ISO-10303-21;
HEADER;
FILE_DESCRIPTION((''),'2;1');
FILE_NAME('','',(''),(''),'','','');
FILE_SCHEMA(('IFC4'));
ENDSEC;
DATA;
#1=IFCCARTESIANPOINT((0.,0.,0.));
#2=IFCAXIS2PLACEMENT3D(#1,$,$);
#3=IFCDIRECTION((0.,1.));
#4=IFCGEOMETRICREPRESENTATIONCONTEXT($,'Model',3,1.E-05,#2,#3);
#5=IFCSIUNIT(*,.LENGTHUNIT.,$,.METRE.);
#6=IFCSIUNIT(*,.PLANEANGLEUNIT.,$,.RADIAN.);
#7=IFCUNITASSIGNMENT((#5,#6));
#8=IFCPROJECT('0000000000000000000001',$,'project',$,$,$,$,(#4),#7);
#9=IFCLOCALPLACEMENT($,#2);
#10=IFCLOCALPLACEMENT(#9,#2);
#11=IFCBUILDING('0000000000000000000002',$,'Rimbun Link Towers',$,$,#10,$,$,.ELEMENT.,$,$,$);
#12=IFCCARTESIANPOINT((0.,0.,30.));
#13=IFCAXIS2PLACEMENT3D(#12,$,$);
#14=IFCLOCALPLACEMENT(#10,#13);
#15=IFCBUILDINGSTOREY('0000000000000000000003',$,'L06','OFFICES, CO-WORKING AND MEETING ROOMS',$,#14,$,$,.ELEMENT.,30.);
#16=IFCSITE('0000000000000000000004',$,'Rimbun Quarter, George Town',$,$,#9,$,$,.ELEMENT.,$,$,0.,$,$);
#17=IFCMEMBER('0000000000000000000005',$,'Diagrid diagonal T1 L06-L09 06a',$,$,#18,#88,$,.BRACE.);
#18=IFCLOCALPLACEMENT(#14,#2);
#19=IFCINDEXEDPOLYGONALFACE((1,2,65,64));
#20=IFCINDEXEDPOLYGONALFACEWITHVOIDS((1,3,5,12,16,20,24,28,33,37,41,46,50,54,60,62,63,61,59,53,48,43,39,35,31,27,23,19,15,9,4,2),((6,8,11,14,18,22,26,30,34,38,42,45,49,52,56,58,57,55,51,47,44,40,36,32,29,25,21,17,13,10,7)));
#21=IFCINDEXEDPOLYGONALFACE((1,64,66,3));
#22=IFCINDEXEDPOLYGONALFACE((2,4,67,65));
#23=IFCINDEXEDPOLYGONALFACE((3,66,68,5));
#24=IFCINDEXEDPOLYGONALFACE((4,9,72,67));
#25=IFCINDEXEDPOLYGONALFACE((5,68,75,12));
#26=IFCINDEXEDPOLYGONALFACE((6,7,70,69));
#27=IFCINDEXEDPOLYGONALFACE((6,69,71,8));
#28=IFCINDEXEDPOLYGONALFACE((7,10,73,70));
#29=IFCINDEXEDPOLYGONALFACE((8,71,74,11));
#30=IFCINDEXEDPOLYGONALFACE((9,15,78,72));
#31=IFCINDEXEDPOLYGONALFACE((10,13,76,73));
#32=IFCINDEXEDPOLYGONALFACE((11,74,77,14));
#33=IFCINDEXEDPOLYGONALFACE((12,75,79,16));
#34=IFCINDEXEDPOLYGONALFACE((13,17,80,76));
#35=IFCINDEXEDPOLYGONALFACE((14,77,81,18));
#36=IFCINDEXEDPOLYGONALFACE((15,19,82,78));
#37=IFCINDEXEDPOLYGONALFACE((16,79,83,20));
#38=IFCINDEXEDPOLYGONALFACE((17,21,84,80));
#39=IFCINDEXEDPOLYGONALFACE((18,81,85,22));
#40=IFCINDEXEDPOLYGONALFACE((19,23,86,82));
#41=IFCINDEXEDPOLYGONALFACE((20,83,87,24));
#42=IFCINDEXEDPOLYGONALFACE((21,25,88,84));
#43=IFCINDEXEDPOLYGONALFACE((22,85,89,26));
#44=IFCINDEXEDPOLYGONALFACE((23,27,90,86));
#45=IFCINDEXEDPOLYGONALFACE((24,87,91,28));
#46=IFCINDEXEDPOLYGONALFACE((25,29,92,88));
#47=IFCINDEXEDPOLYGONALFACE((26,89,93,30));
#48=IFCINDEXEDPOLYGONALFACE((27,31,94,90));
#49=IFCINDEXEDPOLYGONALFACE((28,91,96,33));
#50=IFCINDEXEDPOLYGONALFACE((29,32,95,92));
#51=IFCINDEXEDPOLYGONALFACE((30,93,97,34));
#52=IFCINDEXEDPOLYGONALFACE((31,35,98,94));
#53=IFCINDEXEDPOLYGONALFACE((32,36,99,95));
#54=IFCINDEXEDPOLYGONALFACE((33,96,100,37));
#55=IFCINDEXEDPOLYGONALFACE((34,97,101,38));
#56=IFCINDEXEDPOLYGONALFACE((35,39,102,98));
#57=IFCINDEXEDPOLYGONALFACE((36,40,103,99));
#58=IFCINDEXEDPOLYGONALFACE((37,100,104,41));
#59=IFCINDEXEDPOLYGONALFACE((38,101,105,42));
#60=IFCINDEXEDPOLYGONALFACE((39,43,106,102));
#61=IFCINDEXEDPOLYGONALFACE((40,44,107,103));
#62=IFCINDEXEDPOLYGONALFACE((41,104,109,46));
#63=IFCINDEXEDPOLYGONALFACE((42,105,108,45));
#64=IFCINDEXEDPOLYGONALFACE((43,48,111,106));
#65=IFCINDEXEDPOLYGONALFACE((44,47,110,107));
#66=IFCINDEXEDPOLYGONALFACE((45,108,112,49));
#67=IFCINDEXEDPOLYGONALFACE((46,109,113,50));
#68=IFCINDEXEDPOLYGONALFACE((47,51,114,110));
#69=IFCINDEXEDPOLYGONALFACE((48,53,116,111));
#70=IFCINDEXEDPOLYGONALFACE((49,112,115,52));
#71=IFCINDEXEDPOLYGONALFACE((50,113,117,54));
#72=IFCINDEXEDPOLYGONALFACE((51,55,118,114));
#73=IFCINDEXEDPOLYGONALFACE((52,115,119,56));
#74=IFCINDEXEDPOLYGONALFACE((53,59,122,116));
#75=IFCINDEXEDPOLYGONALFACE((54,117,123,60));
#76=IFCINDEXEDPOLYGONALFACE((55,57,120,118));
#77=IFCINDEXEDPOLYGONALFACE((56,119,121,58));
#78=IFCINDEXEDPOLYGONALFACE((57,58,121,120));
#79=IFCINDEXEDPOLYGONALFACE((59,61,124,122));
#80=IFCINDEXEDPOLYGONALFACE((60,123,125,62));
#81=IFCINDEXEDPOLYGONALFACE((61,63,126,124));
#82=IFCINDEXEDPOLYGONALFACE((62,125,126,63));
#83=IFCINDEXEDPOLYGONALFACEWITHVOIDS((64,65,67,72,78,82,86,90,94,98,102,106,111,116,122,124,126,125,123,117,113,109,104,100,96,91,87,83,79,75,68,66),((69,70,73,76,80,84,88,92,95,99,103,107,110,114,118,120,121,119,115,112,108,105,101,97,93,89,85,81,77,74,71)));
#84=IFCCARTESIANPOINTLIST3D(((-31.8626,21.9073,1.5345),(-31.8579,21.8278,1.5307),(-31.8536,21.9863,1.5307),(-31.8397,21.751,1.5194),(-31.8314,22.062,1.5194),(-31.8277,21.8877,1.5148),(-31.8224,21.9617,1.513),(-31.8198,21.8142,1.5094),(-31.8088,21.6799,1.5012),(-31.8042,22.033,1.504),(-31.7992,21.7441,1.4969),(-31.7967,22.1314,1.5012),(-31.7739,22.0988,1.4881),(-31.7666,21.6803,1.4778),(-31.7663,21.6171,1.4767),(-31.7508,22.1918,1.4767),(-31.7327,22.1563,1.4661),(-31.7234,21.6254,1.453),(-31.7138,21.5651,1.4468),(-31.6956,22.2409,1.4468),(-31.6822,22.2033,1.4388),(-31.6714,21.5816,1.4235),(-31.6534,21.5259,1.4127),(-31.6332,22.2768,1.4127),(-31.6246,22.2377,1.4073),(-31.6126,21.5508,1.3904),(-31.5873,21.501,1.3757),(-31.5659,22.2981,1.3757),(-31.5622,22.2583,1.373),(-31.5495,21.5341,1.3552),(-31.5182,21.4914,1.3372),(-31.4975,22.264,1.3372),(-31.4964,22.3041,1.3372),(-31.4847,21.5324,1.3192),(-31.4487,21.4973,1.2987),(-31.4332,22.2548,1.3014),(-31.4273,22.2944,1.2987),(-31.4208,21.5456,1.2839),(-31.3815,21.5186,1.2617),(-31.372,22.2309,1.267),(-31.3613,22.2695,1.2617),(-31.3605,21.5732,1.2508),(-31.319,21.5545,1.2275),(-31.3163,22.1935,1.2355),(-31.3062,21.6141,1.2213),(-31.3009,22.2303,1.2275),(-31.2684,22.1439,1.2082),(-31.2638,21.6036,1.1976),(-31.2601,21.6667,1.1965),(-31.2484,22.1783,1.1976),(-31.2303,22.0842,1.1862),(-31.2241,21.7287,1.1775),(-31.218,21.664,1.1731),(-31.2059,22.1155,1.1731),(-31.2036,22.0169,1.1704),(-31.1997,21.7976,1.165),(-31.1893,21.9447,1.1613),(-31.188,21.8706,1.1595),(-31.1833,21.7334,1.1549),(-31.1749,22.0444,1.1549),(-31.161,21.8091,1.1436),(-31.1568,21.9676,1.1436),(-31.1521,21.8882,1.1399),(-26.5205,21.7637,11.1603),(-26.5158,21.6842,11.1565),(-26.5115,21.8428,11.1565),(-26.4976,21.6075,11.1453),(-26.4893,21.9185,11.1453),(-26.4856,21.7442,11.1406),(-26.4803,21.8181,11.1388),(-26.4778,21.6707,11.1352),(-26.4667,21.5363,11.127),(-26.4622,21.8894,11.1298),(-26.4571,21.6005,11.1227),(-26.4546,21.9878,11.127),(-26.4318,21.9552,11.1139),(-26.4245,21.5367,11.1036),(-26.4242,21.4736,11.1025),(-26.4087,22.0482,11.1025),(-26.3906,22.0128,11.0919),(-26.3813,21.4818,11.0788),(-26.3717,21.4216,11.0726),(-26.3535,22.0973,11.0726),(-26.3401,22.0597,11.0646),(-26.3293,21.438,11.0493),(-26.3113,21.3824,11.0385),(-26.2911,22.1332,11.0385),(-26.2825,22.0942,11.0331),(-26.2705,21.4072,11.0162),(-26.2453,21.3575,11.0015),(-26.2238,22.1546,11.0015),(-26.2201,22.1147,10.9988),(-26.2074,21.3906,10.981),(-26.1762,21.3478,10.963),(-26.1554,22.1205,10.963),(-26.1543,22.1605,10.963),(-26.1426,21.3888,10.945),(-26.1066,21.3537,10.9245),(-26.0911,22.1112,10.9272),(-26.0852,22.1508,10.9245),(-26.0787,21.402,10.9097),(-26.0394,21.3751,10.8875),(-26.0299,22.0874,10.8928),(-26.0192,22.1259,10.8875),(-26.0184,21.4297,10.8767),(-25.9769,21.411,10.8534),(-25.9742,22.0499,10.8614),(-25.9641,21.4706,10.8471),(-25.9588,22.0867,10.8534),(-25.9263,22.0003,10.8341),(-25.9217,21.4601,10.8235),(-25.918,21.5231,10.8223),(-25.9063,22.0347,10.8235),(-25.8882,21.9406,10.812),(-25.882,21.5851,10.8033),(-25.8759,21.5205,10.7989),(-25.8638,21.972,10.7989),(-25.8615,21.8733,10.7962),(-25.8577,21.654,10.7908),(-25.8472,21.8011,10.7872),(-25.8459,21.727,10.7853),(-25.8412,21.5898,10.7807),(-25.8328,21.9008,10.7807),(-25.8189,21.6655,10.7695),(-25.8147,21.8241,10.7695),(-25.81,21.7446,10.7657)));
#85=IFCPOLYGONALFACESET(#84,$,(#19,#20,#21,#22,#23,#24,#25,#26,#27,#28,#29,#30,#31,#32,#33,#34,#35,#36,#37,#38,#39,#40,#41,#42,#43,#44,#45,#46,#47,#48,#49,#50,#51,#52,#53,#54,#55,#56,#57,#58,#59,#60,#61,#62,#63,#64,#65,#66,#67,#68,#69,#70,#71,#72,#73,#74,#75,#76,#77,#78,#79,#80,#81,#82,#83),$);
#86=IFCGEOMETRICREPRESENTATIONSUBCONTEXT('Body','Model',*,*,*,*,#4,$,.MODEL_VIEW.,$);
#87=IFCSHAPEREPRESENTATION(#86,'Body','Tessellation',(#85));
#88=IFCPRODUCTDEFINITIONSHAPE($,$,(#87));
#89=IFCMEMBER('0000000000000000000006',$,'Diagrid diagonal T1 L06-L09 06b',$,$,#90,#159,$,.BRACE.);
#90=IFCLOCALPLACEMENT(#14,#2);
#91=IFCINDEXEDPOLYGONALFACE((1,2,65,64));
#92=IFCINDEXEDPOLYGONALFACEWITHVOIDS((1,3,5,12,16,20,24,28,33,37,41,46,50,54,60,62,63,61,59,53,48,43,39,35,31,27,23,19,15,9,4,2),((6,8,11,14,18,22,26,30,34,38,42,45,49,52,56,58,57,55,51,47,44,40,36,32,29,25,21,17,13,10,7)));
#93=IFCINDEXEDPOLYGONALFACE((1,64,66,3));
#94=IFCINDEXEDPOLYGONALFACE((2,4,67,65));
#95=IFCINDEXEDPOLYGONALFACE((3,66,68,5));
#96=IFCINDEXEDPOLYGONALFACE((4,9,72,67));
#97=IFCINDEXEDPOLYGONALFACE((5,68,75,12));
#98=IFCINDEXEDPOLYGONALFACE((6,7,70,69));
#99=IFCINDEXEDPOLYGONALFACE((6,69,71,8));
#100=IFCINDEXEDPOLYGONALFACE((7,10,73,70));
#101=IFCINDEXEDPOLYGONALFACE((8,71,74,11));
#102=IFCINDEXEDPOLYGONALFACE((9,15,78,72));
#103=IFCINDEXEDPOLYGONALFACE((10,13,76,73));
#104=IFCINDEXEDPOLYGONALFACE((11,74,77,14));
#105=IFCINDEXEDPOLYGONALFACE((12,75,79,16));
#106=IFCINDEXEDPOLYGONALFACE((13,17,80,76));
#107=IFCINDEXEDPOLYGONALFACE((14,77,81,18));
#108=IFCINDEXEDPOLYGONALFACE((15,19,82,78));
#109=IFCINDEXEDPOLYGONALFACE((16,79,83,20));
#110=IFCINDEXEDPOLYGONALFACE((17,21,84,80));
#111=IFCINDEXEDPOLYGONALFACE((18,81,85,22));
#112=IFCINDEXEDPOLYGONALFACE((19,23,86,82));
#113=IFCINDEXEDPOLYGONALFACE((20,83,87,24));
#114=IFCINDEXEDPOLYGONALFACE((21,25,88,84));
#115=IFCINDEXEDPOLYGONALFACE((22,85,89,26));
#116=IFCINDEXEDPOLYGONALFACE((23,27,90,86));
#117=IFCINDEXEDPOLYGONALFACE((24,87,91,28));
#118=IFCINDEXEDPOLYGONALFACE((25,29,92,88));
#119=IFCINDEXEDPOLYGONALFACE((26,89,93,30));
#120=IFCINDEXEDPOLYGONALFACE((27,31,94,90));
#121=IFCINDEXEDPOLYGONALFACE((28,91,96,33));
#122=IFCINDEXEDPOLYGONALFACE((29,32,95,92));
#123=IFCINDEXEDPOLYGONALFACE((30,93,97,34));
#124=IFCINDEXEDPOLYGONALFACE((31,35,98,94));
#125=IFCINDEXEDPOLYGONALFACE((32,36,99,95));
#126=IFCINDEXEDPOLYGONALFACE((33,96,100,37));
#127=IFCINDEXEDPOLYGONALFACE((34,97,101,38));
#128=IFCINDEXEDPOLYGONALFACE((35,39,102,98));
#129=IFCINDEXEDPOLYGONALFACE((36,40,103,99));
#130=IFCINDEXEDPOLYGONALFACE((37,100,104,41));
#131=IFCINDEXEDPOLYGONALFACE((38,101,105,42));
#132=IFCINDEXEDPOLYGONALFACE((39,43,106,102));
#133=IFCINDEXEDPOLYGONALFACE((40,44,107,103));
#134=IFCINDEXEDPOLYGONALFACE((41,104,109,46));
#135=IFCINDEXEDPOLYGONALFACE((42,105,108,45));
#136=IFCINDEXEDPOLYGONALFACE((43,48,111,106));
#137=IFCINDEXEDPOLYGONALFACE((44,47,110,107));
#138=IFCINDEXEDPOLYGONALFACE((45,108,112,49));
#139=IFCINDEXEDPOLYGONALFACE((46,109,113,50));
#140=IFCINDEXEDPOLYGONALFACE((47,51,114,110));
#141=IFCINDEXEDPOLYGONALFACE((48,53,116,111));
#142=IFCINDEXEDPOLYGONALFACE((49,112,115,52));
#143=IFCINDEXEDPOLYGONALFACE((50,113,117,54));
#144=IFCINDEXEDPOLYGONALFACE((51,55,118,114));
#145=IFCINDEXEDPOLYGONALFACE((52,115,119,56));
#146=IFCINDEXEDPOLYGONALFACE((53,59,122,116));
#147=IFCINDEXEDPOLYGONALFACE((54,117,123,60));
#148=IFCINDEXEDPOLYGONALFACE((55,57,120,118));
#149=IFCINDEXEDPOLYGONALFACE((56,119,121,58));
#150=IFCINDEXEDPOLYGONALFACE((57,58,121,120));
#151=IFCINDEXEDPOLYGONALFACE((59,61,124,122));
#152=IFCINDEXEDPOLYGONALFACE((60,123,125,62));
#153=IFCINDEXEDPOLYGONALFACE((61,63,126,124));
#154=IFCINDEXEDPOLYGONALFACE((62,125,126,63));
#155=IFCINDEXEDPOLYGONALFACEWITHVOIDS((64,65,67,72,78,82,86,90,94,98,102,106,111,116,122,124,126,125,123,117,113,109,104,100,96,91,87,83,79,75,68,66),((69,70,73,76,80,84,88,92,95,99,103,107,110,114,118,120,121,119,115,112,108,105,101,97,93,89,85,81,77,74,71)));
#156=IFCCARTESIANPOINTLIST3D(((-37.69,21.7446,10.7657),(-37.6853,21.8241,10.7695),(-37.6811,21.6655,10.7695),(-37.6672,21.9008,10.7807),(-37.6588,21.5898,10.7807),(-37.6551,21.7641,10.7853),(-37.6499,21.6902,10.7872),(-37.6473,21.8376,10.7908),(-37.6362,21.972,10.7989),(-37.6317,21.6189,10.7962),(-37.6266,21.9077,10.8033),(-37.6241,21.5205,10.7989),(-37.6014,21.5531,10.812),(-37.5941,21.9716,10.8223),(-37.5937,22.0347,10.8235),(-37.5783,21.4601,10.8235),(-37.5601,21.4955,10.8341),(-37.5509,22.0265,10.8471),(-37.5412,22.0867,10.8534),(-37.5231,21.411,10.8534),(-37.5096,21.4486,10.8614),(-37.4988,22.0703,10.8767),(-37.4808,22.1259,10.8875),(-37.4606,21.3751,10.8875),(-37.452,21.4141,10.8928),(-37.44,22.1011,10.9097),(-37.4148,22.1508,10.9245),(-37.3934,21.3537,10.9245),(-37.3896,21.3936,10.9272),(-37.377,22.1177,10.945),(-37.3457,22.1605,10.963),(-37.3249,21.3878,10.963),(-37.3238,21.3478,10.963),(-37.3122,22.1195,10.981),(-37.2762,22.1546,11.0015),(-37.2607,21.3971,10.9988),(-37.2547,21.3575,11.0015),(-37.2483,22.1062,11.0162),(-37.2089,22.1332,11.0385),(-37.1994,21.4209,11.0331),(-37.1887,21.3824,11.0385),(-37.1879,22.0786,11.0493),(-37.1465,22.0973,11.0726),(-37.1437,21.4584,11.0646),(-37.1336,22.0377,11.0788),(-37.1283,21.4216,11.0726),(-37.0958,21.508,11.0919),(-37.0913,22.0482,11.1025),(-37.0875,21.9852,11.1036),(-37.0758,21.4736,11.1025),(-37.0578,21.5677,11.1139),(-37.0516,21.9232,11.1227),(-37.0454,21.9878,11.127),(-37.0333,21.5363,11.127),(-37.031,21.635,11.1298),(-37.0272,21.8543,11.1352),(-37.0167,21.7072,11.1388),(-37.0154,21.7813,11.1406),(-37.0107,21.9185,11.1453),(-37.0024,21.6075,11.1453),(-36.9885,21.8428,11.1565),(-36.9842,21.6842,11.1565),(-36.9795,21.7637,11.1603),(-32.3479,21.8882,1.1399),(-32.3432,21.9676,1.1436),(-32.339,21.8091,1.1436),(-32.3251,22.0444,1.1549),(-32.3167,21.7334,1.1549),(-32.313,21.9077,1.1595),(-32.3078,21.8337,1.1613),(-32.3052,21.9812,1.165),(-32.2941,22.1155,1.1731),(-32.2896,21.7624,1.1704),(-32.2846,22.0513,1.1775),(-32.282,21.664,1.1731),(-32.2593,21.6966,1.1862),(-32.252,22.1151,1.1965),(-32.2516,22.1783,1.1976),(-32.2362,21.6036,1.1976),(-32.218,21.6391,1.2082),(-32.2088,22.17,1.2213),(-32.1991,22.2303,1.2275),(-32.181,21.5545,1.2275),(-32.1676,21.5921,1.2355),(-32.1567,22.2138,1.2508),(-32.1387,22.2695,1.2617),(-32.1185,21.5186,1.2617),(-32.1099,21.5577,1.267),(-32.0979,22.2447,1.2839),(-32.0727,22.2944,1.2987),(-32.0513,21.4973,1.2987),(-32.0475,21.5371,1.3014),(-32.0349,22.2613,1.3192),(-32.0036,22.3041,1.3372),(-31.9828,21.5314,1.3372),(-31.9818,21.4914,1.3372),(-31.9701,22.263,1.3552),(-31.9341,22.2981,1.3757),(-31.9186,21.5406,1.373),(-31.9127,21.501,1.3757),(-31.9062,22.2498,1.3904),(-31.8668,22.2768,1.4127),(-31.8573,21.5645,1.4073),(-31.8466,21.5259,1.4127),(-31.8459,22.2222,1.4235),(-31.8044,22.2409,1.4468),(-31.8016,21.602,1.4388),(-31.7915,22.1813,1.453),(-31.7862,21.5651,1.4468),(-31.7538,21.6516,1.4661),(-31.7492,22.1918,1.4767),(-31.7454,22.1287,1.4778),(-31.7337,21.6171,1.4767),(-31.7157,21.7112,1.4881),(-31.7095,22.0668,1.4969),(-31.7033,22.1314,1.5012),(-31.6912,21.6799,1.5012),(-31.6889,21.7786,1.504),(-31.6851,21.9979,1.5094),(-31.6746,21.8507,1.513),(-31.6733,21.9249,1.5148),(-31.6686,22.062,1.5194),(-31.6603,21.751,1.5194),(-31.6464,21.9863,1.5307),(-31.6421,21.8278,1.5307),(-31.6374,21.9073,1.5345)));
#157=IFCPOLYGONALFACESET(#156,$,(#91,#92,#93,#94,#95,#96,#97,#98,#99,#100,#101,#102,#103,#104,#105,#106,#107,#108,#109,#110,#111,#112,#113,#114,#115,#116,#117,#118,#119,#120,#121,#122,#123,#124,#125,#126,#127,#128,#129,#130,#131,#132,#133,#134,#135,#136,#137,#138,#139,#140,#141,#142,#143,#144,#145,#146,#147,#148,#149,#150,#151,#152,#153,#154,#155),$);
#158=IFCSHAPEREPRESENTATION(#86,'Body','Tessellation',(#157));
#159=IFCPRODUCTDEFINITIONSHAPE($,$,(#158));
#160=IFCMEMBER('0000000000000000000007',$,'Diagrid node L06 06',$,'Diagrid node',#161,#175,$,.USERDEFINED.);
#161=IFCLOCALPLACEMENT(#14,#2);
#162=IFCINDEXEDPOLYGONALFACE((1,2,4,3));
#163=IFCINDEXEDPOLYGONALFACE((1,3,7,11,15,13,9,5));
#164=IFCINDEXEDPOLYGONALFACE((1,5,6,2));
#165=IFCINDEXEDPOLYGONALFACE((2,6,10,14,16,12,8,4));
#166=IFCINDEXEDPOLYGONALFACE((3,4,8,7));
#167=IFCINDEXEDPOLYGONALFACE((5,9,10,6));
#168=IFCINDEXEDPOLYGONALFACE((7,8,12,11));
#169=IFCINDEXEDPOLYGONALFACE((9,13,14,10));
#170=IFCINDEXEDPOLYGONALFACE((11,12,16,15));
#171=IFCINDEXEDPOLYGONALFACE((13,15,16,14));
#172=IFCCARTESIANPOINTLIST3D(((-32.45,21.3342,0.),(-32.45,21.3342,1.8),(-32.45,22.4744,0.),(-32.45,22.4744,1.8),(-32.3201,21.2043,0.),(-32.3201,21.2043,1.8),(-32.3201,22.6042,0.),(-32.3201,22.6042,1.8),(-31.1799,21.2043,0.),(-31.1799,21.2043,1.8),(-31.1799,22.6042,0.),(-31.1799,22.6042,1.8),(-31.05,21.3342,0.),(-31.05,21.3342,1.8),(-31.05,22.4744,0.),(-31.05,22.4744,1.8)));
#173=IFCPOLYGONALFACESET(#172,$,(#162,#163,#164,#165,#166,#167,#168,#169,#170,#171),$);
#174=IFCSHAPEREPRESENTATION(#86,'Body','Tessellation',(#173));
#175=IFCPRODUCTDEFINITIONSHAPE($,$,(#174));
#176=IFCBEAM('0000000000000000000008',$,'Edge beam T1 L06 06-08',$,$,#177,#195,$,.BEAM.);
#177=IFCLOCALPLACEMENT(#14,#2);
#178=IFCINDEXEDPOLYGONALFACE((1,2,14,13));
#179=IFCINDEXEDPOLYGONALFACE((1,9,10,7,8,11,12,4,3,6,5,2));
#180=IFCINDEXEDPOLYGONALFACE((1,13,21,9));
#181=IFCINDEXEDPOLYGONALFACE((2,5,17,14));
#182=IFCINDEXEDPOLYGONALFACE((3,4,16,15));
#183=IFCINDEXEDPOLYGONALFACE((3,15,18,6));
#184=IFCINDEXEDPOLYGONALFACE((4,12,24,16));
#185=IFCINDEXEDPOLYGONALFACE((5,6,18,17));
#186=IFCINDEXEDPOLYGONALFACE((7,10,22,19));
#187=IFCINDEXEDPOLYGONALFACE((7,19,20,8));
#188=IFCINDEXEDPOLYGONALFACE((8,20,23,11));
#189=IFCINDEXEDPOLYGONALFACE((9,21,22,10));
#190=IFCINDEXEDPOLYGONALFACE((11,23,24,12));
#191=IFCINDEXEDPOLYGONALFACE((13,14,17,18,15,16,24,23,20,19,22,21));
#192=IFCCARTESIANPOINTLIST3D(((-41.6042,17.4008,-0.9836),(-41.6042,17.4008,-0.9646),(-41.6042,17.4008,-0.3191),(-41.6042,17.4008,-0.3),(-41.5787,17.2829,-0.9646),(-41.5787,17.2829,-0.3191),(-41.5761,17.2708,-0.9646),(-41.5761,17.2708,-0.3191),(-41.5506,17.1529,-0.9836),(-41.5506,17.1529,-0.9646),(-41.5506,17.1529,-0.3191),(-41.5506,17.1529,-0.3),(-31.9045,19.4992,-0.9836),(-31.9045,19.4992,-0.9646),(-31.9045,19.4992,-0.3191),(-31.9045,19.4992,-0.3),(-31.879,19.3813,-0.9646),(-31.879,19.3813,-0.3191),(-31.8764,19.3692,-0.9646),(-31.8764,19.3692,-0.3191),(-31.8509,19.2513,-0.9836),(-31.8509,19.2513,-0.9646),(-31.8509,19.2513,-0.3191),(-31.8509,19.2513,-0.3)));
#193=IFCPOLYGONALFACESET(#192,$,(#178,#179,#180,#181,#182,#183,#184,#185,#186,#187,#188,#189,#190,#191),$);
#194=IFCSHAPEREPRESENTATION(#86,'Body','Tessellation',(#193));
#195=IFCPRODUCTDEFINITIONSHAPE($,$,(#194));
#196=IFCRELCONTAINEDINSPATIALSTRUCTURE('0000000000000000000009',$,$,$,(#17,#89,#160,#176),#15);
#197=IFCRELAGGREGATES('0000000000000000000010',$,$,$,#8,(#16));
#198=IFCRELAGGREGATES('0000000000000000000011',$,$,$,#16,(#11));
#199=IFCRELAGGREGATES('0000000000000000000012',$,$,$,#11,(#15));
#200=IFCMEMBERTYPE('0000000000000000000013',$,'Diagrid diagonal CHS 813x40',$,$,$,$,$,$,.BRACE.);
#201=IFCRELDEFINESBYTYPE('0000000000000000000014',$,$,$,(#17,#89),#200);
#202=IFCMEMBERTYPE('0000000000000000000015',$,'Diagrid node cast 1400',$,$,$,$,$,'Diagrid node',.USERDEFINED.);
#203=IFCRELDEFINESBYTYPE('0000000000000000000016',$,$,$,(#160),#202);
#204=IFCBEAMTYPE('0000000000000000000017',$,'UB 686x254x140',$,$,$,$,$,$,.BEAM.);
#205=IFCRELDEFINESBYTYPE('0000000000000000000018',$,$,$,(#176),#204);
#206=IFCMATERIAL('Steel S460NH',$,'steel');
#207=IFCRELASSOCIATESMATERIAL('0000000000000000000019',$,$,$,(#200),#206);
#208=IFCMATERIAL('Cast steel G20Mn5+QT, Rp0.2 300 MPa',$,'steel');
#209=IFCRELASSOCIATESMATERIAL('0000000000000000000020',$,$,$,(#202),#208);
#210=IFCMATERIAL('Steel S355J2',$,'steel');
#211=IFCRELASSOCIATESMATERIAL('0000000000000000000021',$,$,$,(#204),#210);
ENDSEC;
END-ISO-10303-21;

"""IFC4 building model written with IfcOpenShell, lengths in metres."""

from ifc_helpers import new_model, si_unit, direction, frame, origin, origin_2d, place, context, subcontext, project, spatial, polyline, hollow_circle, i_section, outline, extrude, material, material_profile, profile_set, type_object, element, save


model = new_model("IFC4")

# Units and contexts
model_context = context("Model", 3, precision=1e-05, world=origin(), true_north=direction((0.0, 1.0)))
body_context = subcontext(model_context, "Body", "Model", "MODEL_VIEW")
ifc_project = project(units=[si_unit("LENGTHUNIT", "METRE"), si_unit("PLANEANGLEUNIT", "RADIAN")], contexts=[model_context])

# Site, building, storey
site_placement = place(None, origin())
site = spatial("IfcSite", under=ifc_project, at=site_placement, Name="Rimbun Quarter, George Town", CompositionType="ELEMENT", RefElevation=0.0)
building_placement = place(site_placement, origin())
building = spatial("IfcBuilding", under=site, at=building_placement, Name="Rimbun Link Towers", CompositionType="ELEMENT")
storey_placement = place(building_placement, frame((0.0, 0.0, 30.0)))
storey = spatial("IfcBuildingStorey", under=building, at=storey_placement, Name="L06", Description="OFFICES, CO-WORKING AND MEETING ROOMS", CompositionType="ELEMENT", Elevation=30.0)

# Members
ifc_material_1 = material(Name="Steel S460NH", Category="steel")
ifc_material_profile_1 = material_profile(ifc_material_1, hollow_circle(Radius=0.4065, WallThickness=0.04, at=origin_2d()), Name="Diagrid diagonal CHS 813x40")
ifc_profile_set_1 = profile_set([ifc_material_profile_1], Name="Steel S460NH")
member_type_1 = type_object("IfcMemberType", Name="Diagrid diagonal CHS 813x40", PredefinedType="BRACE", material=ifc_profile_set_1)
for number, where, z_axis, x_axis, name in (
    (1, (-31.5073, 21.8977, 1.3372), (0.485214, -0.013039, 0.874298), (0.026863, 0.999639, 0.0), "Diagrid diagonal T1 L06-L09 06a"),
    (2, (-31.9927, 21.8977, 1.3372), (-0.485214, -0.013039, 0.874298), (0.026863, -0.999639, 0.0), "Diagrid diagonal T1 L06-L09 06b"),
):
    element("IfcMember", number, at=place(storey_placement, frame(where, z_axis=z_axis, x_axis=x_axis)), inside=storey, type_object=member_type_1, Name=name, PredefinedType="BRACE", context=body_context, shape_type="SweptSolid", body=[
        extrude(hollow_circle(Radius=0.4065, WallThickness=0.04, at=origin_2d()), origin(), (0.0, 0.0, 1.0), 11.0098),
    ])
ifc_material_2 = material(Name="Cast steel G20Mn5+QT, Rp0.2 300 MPa", Category="steel")
ifc_material_profile_2 = material_profile(ifc_material_2, outline(polyline([(0.7, -0.5701), (0.7, 0.5701), (0.5701, 0.7), (-0.5701, 0.7), (-0.7, 0.5701), (-0.7, -0.5701), (-0.5701, -0.7), (0.5701, -0.7), (0.7, -0.5701)])), Name="NODE 1400x1400")
ifc_profile_set_2 = profile_set([ifc_material_profile_2], Name="Cast steel G20Mn5+QT, Rp0.2 300 MPa")
member_type_2 = type_object("IfcMemberType", Name="Diagrid node cast 1400", ElementType="Diagrid node", PredefinedType="USERDEFINED", material=ifc_profile_set_2)
member_1_placement = place(storey_placement, frame((-31.75, 21.9043, 0.0), z_axis=(0.0, 0.0, 1.0), x_axis=(0.0, 1.0, 0.0)))
element("IfcMember", 3, at=member_1_placement, inside=storey, type_object=member_type_2, Name="Diagrid node L06 06", ObjectType="Diagrid node", PredefinedType="USERDEFINED", context=body_context, shape_type="SweptSolid", body=[
    extrude(outline(polyline([(0.7, -0.5701), (0.7, 0.5701), (0.5701, 0.7), (-0.5701, 0.7), (-0.7, 0.5701), (-0.7, -0.5701), (-0.5701, -0.7), (0.5701, -0.7), (0.7, -0.5701)])), origin(), (0.0, 0.0, 1.0), 1.8),
])

# Beam
ifc_material_3 = material(Name="Steel S355J2", Category="steel")
ifc_material_profile_3 = material_profile(ifc_material_3, i_section(OverallWidth=0.2537, OverallDepth=0.6836, WebThickness=0.0125, FlangeThickness=0.019, at=origin_2d()), Name="UB 686x254x140")
ifc_profile_set_3 = profile_set([ifc_material_profile_3], Name="Steel S355J2")
beam_type = type_object("IfcBeamType", Name="UB 686x254x140", PredefinedType="BEAM", material=ifc_profile_set_3)
beam_placement = place(storey_placement, frame((-31.8777, 19.3752, -0.6418), z_axis=(-0.97739, -0.211444, 0.0), x_axis=(0.211444, -0.97739, 0.0)))
element("IfcBeam", 4, at=beam_placement, inside=storey, type_object=beam_type, Name="Edge beam T1 L06 06-08", PredefinedType="BEAM", context=body_context, shape_type="SweptSolid", body=[
    extrude(i_section(OverallWidth=0.2537, OverallDepth=0.6836, WebThickness=0.0125, FlangeThickness=0.019, at=origin_2d()), origin(), (0.0, 0.0, 1.0), 9.9241),
])

save(model, "model.ifc")
